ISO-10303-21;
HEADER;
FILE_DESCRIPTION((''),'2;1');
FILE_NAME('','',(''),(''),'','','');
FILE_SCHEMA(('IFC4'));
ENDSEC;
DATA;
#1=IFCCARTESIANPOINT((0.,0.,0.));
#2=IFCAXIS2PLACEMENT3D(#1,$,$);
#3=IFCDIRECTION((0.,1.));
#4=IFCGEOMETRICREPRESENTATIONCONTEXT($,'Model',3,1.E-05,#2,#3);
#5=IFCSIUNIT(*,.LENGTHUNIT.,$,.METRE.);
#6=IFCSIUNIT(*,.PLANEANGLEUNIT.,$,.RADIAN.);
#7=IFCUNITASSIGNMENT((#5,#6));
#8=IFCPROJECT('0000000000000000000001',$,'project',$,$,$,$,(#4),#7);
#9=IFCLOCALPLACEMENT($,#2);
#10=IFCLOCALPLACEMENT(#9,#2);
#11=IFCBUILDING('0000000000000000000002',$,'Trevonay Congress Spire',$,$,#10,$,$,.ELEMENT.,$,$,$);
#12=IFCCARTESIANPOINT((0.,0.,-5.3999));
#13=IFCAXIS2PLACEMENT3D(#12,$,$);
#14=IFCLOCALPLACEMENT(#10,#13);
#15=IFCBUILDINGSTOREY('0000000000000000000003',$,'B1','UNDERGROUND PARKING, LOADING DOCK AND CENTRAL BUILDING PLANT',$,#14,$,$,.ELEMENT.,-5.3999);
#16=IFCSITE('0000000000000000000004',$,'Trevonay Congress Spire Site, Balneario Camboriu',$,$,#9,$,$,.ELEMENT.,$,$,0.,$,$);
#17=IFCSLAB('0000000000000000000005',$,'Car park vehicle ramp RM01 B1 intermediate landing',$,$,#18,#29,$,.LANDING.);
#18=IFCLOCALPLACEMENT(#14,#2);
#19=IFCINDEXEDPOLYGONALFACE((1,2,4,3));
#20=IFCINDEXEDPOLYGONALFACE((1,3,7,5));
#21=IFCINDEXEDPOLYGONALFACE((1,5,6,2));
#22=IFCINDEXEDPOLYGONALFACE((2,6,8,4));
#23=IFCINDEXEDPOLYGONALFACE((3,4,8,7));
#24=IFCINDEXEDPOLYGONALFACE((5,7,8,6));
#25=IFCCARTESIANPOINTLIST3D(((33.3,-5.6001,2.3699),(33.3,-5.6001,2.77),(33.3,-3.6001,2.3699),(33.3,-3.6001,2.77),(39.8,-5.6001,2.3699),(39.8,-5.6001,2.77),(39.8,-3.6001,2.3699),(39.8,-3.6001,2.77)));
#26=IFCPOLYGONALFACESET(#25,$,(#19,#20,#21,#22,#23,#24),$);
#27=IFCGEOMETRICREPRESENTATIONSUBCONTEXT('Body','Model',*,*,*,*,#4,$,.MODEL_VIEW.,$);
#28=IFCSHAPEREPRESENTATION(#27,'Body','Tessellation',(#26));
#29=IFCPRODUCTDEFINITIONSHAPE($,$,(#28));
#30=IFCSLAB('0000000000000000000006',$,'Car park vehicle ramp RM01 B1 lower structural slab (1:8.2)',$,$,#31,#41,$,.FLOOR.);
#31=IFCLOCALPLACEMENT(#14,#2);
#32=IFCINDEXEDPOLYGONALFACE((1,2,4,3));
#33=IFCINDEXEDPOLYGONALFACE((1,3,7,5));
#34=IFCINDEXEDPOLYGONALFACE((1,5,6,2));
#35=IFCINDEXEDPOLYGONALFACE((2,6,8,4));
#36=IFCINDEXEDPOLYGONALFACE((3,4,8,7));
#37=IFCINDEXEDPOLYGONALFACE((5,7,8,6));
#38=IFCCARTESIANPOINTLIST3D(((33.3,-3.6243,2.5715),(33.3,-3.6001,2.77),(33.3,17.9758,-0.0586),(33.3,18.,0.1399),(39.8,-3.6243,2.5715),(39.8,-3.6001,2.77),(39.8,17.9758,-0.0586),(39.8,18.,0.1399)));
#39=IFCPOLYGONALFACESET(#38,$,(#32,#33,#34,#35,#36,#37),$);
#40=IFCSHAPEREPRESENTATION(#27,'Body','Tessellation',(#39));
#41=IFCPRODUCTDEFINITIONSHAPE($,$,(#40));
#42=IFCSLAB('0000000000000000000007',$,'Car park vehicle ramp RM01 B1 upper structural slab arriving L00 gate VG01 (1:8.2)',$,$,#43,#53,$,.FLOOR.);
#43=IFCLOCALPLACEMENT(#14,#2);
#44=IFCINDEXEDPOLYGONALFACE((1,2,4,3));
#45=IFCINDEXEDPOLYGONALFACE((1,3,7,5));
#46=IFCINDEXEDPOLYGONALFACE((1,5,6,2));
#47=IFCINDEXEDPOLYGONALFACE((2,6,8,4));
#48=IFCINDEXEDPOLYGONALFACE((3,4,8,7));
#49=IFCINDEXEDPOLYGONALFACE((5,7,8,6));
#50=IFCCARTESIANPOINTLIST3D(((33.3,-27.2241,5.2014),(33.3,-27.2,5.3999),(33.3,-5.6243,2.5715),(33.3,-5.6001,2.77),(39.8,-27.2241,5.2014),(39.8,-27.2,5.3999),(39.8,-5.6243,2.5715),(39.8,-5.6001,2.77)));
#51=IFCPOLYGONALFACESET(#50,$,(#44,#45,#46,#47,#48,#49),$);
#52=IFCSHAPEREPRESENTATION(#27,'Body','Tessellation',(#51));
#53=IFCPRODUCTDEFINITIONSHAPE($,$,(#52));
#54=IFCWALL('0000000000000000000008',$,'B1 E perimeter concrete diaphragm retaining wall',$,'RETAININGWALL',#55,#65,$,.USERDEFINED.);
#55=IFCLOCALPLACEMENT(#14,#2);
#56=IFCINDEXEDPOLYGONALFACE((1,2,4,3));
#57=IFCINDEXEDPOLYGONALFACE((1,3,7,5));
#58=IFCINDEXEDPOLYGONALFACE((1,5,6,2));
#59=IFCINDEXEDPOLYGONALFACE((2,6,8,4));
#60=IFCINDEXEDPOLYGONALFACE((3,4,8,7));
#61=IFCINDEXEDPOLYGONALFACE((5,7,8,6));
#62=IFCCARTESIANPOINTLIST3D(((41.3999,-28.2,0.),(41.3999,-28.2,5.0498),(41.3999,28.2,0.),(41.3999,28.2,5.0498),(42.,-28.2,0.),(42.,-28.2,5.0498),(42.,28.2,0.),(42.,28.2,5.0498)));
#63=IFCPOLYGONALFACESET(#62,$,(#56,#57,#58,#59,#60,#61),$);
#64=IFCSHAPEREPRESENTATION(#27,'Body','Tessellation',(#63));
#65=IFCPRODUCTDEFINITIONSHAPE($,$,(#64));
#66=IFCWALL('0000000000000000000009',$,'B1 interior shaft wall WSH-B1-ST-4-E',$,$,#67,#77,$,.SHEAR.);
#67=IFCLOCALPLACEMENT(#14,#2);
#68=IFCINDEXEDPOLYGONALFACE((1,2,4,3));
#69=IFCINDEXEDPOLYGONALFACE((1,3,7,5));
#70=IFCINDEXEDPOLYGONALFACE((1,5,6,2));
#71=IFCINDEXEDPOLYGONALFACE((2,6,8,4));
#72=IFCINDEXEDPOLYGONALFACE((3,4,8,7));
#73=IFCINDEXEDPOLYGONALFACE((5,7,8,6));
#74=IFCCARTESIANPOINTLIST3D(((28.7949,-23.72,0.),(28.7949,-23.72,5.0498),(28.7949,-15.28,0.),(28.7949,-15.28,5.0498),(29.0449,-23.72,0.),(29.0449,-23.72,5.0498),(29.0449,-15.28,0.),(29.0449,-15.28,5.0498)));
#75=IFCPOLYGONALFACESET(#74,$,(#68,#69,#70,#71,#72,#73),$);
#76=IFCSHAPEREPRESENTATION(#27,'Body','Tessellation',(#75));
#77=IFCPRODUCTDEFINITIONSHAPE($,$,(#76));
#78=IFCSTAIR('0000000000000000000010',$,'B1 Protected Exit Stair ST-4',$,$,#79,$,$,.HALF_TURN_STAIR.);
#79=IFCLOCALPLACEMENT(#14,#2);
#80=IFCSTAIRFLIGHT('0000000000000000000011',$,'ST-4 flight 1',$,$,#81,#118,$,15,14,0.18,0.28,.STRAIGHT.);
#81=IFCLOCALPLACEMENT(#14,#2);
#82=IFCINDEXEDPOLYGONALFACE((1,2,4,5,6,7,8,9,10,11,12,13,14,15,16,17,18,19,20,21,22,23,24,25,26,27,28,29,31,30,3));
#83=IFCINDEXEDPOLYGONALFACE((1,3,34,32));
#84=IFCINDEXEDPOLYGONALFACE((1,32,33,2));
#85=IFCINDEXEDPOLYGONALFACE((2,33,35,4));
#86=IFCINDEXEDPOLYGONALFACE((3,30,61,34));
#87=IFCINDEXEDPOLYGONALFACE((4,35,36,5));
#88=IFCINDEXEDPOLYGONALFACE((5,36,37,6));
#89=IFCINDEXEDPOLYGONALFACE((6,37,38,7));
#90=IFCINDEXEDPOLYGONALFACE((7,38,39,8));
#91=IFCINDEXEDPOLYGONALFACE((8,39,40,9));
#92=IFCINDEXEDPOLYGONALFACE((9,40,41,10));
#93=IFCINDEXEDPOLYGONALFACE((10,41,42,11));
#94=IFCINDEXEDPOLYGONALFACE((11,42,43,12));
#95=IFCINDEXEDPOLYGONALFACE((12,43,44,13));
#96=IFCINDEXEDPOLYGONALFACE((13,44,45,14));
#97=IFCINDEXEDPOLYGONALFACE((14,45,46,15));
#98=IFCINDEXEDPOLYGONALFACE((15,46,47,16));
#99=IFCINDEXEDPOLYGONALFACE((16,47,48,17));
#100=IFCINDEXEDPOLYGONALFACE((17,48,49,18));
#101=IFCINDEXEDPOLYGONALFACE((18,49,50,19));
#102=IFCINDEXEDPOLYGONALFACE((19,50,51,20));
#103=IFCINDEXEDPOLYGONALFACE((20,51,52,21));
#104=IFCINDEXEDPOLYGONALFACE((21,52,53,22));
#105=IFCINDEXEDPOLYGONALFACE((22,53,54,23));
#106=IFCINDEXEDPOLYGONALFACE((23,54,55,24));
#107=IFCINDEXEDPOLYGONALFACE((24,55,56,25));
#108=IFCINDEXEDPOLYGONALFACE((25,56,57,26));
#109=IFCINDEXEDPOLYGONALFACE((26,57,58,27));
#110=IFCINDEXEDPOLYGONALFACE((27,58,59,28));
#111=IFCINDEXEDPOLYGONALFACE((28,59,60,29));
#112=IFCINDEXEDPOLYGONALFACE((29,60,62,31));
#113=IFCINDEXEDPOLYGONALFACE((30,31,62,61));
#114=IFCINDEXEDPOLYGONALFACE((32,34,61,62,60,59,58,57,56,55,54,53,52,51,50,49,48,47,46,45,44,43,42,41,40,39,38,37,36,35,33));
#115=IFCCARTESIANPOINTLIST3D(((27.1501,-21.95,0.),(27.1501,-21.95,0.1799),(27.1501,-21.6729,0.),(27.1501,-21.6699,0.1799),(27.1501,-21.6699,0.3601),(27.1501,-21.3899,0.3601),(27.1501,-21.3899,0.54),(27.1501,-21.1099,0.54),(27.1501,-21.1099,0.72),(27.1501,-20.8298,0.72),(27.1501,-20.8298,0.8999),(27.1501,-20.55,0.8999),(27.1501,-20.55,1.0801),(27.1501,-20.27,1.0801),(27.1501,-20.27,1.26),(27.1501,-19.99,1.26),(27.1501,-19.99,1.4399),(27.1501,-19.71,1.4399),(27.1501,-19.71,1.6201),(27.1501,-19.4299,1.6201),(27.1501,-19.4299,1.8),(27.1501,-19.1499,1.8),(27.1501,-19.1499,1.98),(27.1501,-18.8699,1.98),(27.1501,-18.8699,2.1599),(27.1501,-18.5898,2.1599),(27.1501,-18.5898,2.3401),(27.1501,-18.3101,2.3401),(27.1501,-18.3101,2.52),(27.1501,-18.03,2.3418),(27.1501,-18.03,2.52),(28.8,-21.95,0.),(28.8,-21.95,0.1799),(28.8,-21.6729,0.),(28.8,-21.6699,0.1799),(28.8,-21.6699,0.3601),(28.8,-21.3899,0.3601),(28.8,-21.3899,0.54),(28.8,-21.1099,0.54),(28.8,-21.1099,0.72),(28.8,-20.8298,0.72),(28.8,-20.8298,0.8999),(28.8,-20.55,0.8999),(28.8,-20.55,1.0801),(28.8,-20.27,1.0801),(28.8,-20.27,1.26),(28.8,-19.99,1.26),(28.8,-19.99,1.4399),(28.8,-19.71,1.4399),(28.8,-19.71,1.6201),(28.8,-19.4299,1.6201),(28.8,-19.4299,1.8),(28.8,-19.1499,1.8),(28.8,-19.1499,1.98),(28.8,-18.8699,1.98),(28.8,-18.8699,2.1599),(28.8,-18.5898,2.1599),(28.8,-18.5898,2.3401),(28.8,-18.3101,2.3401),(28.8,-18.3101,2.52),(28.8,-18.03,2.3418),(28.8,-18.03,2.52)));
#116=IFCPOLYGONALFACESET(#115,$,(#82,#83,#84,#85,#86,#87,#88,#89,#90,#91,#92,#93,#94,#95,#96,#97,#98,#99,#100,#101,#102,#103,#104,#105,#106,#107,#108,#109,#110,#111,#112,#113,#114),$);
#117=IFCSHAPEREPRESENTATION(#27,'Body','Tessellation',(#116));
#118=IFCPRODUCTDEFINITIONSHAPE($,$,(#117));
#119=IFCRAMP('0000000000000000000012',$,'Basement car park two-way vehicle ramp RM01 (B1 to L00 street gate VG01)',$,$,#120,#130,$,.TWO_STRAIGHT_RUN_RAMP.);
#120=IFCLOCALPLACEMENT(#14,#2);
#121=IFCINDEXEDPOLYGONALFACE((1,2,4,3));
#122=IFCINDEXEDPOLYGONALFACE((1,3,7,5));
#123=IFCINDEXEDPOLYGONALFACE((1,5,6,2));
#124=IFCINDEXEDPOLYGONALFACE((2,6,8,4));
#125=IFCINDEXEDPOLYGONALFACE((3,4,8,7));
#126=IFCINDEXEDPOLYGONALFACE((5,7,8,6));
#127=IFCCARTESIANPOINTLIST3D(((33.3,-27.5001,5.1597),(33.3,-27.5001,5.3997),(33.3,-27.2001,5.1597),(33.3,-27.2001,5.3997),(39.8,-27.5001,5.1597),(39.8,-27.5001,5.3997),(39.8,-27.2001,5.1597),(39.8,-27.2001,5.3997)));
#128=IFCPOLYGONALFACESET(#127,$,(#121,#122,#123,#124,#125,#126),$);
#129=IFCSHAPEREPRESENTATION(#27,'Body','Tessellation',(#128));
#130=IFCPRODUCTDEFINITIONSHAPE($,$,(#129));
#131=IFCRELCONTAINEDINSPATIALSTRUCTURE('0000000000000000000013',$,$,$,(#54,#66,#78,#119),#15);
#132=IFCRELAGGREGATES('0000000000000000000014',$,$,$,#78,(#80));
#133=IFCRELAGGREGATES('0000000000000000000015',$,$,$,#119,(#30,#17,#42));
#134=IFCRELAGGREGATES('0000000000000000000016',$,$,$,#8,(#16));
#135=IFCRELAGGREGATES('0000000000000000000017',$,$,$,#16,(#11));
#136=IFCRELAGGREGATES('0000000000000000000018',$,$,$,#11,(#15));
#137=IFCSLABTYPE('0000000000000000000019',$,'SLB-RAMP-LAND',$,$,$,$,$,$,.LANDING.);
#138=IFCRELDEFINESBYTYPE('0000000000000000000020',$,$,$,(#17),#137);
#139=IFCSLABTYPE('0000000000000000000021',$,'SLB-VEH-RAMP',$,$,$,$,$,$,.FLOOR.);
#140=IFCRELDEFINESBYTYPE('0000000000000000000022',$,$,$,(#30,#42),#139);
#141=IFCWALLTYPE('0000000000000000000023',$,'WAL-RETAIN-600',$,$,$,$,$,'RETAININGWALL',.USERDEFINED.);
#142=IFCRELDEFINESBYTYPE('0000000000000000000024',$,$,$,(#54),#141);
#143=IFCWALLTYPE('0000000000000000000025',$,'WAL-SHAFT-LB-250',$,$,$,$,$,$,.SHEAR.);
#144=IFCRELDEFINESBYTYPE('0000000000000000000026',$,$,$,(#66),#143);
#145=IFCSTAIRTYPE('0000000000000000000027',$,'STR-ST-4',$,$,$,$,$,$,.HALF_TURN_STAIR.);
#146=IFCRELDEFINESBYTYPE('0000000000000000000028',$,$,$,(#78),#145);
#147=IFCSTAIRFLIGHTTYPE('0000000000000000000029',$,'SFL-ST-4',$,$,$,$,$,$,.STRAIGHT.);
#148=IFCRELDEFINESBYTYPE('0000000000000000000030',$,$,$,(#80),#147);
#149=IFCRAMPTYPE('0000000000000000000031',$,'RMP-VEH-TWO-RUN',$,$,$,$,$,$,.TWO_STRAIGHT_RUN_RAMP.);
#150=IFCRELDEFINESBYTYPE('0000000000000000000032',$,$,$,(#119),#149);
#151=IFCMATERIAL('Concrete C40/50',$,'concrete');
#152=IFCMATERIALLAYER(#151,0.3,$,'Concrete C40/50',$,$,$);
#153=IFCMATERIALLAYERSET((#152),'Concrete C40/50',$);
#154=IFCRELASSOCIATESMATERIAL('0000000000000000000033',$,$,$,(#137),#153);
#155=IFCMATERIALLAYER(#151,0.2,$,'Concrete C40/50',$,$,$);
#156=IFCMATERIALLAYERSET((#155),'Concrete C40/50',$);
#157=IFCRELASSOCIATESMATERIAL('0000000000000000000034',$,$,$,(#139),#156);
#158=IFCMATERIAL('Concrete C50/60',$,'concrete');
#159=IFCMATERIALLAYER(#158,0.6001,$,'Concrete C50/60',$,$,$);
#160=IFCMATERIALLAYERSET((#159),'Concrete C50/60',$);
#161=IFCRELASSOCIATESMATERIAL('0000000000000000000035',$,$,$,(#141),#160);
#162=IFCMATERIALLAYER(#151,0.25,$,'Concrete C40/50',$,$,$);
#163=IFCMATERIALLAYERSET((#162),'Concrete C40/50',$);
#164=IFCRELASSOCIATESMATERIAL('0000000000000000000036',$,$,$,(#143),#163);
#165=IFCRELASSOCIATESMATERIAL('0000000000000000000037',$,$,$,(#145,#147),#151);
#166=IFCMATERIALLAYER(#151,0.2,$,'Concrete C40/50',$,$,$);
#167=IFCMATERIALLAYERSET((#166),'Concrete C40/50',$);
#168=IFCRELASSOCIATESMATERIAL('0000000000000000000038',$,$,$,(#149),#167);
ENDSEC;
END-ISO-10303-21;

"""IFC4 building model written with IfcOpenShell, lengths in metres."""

from ifc_helpers import new_model, si_unit, direction, frame, frame_2d, origin, origin_2d, place, context, subcontext, project, spatial, polyline, rectangle, outline, extrude, material, layer, layer_set, type_object, element, aggregate, save


model = new_model("IFC4")

# Units and contexts
model_context = context("Model", 3, precision=1e-05, world=origin(), true_north=direction((0.0, 1.0)))
body_context = subcontext(model_context, "Body", "Model", "MODEL_VIEW")
ifc_project = project(units=[si_unit("LENGTHUNIT", "METRE"), si_unit("PLANEANGLEUNIT", "RADIAN")], contexts=[model_context])

# Site, building, storey
site_placement = place(None, origin())
site = spatial("IfcSite", under=ifc_project, at=site_placement, Name="Trevonay Congress Spire Site, Balneario Camboriu", CompositionType="ELEMENT", RefElevation=0.0)
building_placement = place(site_placement, origin())
building = spatial("IfcBuilding", under=site, at=building_placement, Name="Trevonay Congress Spire", CompositionType="ELEMENT")
storey_placement = place(building_placement, frame((0.0, 0.0, -5.3999)))
storey = spatial("IfcBuildingStorey", under=building, at=storey_placement, Name="B1", Description="UNDERGROUND PARKING, LOADING DOCK AND CENTRAL BUILDING PLANT", CompositionType="ELEMENT", Elevation=-5.3999)

# Slabs
ifc_material_1 = material(Name="Concrete C40/50", Category="concrete")
ifc_layer_1 = layer(ifc_material_1, 0.3, Name="Concrete C40/50")
ifc_layer_set_1 = layer_set([ifc_layer_1], Name="Concrete C40/50")
slab_type_1 = type_object("IfcSlabType", Name="SLB-RAMP-LAND", PredefinedType="LANDING", material=ifc_layer_set_1)
slab_1_placement = place(storey_placement, frame((0.0, 0.0, 2.3699)))
slab_1 = element("IfcSlab", 1, at=slab_1_placement, type_object=slab_type_1, Name="Car park vehicle ramp RM01 B1 intermediate landing", PredefinedType="LANDING", context=body_context, shape_type="SweptSolid", body=[
    extrude(outline(polyline([(33.3, -5.6001), (39.8, -5.6001), (39.8, -3.6001), (33.3, -3.6001), (33.3, -5.6001)])), origin(), (0.0, 0.0, 1.0), 0.4001),
])
ifc_layer_2 = layer(ifc_material_1, 0.2, Name="Concrete C40/50")
ifc_layer_set_2 = layer_set([ifc_layer_2], Name="Concrete C40/50")
slab_type_2 = type_object("IfcSlabType", Name="SLB-VEH-RAMP", PredefinedType="FLOOR", material=ifc_layer_set_2)
slab_2_placement = place(storey_placement, frame((39.8, 18.0, 0.1399), z_axis=(0.0, 0.120872, 0.992668), x_axis=(-1.0, 0.0, 0.0)))
slab_2 = element("IfcSlab", 2, at=slab_2_placement, type_object=slab_type_2, Name="Car park vehicle ramp RM01 B1 lower structural slab (1:8.2)", PredefinedType="FLOOR", context=body_context, shape_type="SweptSolid", body=[
    extrude(outline(polyline([(0.0, 0.0), (6.5, 0.0), (6.5, 21.7596), (0.0, 21.7596), (0.0, 0.0)])), origin(), (0.0, 0.0, -1.0), 0.2),
])
slab_3_placement = place(storey_placement, frame((39.8, -5.6001, 2.77), z_axis=(0.0, 0.120862, 0.992669), x_axis=(-1.0, 0.0, 0.0)))
slab_3 = element("IfcSlab", 3, at=slab_3_placement, type_object=slab_type_2, Name="Car park vehicle ramp RM01 B1 upper structural slab arriving L00 gate VG01 (1:8.2)", PredefinedType="FLOOR", context=body_context, shape_type="SweptSolid", body=[
    extrude(outline(polyline([(0.0, 0.0), (6.5, 0.0), (6.5, 21.7594), (0.0, 21.7594), (0.0, 0.0)])), origin(), (0.0, 0.0, -1.0), 0.2),
])

# Walls
ifc_material_2 = material(Name="Concrete C50/60", Category="concrete")
ifc_layer_3 = layer(ifc_material_2, 0.6001, Name="Concrete C50/60")
ifc_layer_set_3 = layer_set([ifc_layer_3], Name="Concrete C50/60")
wall_type_1 = type_object("IfcWallType", Name="WAL-RETAIN-600", ElementType="RETAININGWALL", PredefinedType="USERDEFINED", material=ifc_layer_set_3)
wall_1_placement = place(storey_placement, frame((41.7, -28.2, 0.0), z_axis=(0.0, 0.0, 1.0), x_axis=(0.0, 1.0, 0.0)))
element("IfcWall", 4, at=wall_1_placement, inside=storey, type_object=wall_type_1, Name="B1 E perimeter concrete diaphragm retaining wall", ObjectType="RETAININGWALL", PredefinedType="USERDEFINED", context=body_context, shape_type="SweptSolid", body=[
    extrude(rectangle(XDim=56.3999, YDim=0.6001, at=frame_2d((28.2, 0.0))), origin(), (0.0, 0.0, 1.0), 5.0498),
])
ifc_layer_4 = layer(ifc_material_1, 0.25, Name="Concrete C40/50")
ifc_layer_set_4 = layer_set([ifc_layer_4], Name="Concrete C40/50")
wall_type_2 = type_object("IfcWallType", Name="WAL-SHAFT-LB-250", PredefinedType="SHEAR", material=ifc_layer_set_4)
wall_2_placement = place(storey_placement, frame((28.9199, -23.72, 0.0), z_axis=(0.0, 0.0, 1.0), x_axis=(0.0, 1.0, 0.0)))
element("IfcWall", 5, at=wall_2_placement, inside=storey, type_object=wall_type_2, Name="B1 interior shaft wall WSH-B1-ST-4-E", PredefinedType="SHEAR", context=body_context, shape_type="SweptSolid", body=[
    extrude(rectangle(XDim=8.4399, YDim=0.25, at=frame_2d((4.22, 0.0))), origin(), (0.0, 0.0, 1.0), 5.0498),
])

# Stair, stair flight
stair_type = type_object("IfcStairType", Name="STR-ST-4", PredefinedType="HALF_TURN_STAIR", material=ifc_material_1)
stair_placement = place(storey_placement, origin())
stair = element("IfcStair", 6, at=stair_placement, inside=storey, type_object=stair_type, Name="B1 Protected Exit Stair ST-4", PredefinedType="HALF_TURN_STAIR")
stair_flight_type = type_object("IfcStairFlightType", Name="SFL-ST-4", PredefinedType="STRAIGHT", material=ifc_material_1)
stair_flight_placement = place(storey_placement, frame((27.9751, -21.95, 0.0), z_axis=(0.0, 0.0, 1.0), x_axis=(0.0, 1.0, 0.0)))
stair_flight = element("IfcStairFlight", 7, at=stair_flight_placement, type_object=stair_flight_type, Name="ST-4 flight 1", NumberOfRisers=15, NumberOfTreads=14, PredefinedType="STRAIGHT", RiserHeight=0.18, TreadLength=0.28, context=body_context, shape_type="SweptSolid", body=[
    extrude(outline(polyline([(0.0, 0.0), (0.0, 0.1799), (0.28, 0.1799), (0.28, 0.3601), (0.5601, 0.3601), (0.5601, 0.54), (0.8401, 0.54), (0.8401, 0.72), (1.1201, 0.72), (1.1201, 0.8999), (1.3999, 0.8999), (1.3999, 1.0801), (1.6799, 1.0801), (1.6799, 1.26), (1.96, 1.26), (1.96, 1.4399), (2.24, 1.4399), (2.24, 1.6201), (2.52, 1.6201), (2.52, 1.8), (2.8, 1.8), (2.8, 1.98), (3.0801, 1.98), (3.0801, 2.1599), (3.3601, 2.1599), (3.3601, 2.3401), (3.6399, 2.3401), (3.6399, 2.52), (3.9199, 2.52), (3.9199, 2.7), (3.9199, 2.3418), (0.2771, 0.0), (0.0, 0.0)])), frame((0.0, 0.825, 0.0), z_axis=(0.0, -1.0, 0.0), x_axis=(1.0, 0.0, 0.0)), (0.0, 0.0, 1.0), 1.6499),
])
aggregate(stair, [stair_flight])

# Ramp
ifc_layer_5 = layer(ifc_material_1, 0.2, Name="Concrete C40/50")
ifc_layer_set_5 = layer_set([ifc_layer_5], Name="Concrete C40/50")
ramp_type = type_object("IfcRampType", Name="RMP-VEH-TWO-RUN", PredefinedType="TWO_STRAIGHT_RUN_RAMP", material=ifc_layer_set_5)
ramp_placement = place(storey_placement, frame((36.55, -27.3501, 5.1597), z_axis=(0.0, 0.0, 1.0), x_axis=(1.0, 0.0, 0.0)))
ramp = element("IfcRamp", 8, at=ramp_placement, inside=storey, type_object=ramp_type, Name="Basement car park two-way vehicle ramp RM01 (B1 to L00 street gate VG01)", PredefinedType="TWO_STRAIGHT_RUN_RAMP", context=body_context, shape_type="SweptSolid", body=[
    extrude(rectangle(XDim=6.5, YDim=0.3, at=origin_2d()), origin(), (0.0, 0.0, 1.0), 0.24),
])
aggregate(ramp, [slab_2, slab_1, slab_3])

save(model, "model.ifc")
